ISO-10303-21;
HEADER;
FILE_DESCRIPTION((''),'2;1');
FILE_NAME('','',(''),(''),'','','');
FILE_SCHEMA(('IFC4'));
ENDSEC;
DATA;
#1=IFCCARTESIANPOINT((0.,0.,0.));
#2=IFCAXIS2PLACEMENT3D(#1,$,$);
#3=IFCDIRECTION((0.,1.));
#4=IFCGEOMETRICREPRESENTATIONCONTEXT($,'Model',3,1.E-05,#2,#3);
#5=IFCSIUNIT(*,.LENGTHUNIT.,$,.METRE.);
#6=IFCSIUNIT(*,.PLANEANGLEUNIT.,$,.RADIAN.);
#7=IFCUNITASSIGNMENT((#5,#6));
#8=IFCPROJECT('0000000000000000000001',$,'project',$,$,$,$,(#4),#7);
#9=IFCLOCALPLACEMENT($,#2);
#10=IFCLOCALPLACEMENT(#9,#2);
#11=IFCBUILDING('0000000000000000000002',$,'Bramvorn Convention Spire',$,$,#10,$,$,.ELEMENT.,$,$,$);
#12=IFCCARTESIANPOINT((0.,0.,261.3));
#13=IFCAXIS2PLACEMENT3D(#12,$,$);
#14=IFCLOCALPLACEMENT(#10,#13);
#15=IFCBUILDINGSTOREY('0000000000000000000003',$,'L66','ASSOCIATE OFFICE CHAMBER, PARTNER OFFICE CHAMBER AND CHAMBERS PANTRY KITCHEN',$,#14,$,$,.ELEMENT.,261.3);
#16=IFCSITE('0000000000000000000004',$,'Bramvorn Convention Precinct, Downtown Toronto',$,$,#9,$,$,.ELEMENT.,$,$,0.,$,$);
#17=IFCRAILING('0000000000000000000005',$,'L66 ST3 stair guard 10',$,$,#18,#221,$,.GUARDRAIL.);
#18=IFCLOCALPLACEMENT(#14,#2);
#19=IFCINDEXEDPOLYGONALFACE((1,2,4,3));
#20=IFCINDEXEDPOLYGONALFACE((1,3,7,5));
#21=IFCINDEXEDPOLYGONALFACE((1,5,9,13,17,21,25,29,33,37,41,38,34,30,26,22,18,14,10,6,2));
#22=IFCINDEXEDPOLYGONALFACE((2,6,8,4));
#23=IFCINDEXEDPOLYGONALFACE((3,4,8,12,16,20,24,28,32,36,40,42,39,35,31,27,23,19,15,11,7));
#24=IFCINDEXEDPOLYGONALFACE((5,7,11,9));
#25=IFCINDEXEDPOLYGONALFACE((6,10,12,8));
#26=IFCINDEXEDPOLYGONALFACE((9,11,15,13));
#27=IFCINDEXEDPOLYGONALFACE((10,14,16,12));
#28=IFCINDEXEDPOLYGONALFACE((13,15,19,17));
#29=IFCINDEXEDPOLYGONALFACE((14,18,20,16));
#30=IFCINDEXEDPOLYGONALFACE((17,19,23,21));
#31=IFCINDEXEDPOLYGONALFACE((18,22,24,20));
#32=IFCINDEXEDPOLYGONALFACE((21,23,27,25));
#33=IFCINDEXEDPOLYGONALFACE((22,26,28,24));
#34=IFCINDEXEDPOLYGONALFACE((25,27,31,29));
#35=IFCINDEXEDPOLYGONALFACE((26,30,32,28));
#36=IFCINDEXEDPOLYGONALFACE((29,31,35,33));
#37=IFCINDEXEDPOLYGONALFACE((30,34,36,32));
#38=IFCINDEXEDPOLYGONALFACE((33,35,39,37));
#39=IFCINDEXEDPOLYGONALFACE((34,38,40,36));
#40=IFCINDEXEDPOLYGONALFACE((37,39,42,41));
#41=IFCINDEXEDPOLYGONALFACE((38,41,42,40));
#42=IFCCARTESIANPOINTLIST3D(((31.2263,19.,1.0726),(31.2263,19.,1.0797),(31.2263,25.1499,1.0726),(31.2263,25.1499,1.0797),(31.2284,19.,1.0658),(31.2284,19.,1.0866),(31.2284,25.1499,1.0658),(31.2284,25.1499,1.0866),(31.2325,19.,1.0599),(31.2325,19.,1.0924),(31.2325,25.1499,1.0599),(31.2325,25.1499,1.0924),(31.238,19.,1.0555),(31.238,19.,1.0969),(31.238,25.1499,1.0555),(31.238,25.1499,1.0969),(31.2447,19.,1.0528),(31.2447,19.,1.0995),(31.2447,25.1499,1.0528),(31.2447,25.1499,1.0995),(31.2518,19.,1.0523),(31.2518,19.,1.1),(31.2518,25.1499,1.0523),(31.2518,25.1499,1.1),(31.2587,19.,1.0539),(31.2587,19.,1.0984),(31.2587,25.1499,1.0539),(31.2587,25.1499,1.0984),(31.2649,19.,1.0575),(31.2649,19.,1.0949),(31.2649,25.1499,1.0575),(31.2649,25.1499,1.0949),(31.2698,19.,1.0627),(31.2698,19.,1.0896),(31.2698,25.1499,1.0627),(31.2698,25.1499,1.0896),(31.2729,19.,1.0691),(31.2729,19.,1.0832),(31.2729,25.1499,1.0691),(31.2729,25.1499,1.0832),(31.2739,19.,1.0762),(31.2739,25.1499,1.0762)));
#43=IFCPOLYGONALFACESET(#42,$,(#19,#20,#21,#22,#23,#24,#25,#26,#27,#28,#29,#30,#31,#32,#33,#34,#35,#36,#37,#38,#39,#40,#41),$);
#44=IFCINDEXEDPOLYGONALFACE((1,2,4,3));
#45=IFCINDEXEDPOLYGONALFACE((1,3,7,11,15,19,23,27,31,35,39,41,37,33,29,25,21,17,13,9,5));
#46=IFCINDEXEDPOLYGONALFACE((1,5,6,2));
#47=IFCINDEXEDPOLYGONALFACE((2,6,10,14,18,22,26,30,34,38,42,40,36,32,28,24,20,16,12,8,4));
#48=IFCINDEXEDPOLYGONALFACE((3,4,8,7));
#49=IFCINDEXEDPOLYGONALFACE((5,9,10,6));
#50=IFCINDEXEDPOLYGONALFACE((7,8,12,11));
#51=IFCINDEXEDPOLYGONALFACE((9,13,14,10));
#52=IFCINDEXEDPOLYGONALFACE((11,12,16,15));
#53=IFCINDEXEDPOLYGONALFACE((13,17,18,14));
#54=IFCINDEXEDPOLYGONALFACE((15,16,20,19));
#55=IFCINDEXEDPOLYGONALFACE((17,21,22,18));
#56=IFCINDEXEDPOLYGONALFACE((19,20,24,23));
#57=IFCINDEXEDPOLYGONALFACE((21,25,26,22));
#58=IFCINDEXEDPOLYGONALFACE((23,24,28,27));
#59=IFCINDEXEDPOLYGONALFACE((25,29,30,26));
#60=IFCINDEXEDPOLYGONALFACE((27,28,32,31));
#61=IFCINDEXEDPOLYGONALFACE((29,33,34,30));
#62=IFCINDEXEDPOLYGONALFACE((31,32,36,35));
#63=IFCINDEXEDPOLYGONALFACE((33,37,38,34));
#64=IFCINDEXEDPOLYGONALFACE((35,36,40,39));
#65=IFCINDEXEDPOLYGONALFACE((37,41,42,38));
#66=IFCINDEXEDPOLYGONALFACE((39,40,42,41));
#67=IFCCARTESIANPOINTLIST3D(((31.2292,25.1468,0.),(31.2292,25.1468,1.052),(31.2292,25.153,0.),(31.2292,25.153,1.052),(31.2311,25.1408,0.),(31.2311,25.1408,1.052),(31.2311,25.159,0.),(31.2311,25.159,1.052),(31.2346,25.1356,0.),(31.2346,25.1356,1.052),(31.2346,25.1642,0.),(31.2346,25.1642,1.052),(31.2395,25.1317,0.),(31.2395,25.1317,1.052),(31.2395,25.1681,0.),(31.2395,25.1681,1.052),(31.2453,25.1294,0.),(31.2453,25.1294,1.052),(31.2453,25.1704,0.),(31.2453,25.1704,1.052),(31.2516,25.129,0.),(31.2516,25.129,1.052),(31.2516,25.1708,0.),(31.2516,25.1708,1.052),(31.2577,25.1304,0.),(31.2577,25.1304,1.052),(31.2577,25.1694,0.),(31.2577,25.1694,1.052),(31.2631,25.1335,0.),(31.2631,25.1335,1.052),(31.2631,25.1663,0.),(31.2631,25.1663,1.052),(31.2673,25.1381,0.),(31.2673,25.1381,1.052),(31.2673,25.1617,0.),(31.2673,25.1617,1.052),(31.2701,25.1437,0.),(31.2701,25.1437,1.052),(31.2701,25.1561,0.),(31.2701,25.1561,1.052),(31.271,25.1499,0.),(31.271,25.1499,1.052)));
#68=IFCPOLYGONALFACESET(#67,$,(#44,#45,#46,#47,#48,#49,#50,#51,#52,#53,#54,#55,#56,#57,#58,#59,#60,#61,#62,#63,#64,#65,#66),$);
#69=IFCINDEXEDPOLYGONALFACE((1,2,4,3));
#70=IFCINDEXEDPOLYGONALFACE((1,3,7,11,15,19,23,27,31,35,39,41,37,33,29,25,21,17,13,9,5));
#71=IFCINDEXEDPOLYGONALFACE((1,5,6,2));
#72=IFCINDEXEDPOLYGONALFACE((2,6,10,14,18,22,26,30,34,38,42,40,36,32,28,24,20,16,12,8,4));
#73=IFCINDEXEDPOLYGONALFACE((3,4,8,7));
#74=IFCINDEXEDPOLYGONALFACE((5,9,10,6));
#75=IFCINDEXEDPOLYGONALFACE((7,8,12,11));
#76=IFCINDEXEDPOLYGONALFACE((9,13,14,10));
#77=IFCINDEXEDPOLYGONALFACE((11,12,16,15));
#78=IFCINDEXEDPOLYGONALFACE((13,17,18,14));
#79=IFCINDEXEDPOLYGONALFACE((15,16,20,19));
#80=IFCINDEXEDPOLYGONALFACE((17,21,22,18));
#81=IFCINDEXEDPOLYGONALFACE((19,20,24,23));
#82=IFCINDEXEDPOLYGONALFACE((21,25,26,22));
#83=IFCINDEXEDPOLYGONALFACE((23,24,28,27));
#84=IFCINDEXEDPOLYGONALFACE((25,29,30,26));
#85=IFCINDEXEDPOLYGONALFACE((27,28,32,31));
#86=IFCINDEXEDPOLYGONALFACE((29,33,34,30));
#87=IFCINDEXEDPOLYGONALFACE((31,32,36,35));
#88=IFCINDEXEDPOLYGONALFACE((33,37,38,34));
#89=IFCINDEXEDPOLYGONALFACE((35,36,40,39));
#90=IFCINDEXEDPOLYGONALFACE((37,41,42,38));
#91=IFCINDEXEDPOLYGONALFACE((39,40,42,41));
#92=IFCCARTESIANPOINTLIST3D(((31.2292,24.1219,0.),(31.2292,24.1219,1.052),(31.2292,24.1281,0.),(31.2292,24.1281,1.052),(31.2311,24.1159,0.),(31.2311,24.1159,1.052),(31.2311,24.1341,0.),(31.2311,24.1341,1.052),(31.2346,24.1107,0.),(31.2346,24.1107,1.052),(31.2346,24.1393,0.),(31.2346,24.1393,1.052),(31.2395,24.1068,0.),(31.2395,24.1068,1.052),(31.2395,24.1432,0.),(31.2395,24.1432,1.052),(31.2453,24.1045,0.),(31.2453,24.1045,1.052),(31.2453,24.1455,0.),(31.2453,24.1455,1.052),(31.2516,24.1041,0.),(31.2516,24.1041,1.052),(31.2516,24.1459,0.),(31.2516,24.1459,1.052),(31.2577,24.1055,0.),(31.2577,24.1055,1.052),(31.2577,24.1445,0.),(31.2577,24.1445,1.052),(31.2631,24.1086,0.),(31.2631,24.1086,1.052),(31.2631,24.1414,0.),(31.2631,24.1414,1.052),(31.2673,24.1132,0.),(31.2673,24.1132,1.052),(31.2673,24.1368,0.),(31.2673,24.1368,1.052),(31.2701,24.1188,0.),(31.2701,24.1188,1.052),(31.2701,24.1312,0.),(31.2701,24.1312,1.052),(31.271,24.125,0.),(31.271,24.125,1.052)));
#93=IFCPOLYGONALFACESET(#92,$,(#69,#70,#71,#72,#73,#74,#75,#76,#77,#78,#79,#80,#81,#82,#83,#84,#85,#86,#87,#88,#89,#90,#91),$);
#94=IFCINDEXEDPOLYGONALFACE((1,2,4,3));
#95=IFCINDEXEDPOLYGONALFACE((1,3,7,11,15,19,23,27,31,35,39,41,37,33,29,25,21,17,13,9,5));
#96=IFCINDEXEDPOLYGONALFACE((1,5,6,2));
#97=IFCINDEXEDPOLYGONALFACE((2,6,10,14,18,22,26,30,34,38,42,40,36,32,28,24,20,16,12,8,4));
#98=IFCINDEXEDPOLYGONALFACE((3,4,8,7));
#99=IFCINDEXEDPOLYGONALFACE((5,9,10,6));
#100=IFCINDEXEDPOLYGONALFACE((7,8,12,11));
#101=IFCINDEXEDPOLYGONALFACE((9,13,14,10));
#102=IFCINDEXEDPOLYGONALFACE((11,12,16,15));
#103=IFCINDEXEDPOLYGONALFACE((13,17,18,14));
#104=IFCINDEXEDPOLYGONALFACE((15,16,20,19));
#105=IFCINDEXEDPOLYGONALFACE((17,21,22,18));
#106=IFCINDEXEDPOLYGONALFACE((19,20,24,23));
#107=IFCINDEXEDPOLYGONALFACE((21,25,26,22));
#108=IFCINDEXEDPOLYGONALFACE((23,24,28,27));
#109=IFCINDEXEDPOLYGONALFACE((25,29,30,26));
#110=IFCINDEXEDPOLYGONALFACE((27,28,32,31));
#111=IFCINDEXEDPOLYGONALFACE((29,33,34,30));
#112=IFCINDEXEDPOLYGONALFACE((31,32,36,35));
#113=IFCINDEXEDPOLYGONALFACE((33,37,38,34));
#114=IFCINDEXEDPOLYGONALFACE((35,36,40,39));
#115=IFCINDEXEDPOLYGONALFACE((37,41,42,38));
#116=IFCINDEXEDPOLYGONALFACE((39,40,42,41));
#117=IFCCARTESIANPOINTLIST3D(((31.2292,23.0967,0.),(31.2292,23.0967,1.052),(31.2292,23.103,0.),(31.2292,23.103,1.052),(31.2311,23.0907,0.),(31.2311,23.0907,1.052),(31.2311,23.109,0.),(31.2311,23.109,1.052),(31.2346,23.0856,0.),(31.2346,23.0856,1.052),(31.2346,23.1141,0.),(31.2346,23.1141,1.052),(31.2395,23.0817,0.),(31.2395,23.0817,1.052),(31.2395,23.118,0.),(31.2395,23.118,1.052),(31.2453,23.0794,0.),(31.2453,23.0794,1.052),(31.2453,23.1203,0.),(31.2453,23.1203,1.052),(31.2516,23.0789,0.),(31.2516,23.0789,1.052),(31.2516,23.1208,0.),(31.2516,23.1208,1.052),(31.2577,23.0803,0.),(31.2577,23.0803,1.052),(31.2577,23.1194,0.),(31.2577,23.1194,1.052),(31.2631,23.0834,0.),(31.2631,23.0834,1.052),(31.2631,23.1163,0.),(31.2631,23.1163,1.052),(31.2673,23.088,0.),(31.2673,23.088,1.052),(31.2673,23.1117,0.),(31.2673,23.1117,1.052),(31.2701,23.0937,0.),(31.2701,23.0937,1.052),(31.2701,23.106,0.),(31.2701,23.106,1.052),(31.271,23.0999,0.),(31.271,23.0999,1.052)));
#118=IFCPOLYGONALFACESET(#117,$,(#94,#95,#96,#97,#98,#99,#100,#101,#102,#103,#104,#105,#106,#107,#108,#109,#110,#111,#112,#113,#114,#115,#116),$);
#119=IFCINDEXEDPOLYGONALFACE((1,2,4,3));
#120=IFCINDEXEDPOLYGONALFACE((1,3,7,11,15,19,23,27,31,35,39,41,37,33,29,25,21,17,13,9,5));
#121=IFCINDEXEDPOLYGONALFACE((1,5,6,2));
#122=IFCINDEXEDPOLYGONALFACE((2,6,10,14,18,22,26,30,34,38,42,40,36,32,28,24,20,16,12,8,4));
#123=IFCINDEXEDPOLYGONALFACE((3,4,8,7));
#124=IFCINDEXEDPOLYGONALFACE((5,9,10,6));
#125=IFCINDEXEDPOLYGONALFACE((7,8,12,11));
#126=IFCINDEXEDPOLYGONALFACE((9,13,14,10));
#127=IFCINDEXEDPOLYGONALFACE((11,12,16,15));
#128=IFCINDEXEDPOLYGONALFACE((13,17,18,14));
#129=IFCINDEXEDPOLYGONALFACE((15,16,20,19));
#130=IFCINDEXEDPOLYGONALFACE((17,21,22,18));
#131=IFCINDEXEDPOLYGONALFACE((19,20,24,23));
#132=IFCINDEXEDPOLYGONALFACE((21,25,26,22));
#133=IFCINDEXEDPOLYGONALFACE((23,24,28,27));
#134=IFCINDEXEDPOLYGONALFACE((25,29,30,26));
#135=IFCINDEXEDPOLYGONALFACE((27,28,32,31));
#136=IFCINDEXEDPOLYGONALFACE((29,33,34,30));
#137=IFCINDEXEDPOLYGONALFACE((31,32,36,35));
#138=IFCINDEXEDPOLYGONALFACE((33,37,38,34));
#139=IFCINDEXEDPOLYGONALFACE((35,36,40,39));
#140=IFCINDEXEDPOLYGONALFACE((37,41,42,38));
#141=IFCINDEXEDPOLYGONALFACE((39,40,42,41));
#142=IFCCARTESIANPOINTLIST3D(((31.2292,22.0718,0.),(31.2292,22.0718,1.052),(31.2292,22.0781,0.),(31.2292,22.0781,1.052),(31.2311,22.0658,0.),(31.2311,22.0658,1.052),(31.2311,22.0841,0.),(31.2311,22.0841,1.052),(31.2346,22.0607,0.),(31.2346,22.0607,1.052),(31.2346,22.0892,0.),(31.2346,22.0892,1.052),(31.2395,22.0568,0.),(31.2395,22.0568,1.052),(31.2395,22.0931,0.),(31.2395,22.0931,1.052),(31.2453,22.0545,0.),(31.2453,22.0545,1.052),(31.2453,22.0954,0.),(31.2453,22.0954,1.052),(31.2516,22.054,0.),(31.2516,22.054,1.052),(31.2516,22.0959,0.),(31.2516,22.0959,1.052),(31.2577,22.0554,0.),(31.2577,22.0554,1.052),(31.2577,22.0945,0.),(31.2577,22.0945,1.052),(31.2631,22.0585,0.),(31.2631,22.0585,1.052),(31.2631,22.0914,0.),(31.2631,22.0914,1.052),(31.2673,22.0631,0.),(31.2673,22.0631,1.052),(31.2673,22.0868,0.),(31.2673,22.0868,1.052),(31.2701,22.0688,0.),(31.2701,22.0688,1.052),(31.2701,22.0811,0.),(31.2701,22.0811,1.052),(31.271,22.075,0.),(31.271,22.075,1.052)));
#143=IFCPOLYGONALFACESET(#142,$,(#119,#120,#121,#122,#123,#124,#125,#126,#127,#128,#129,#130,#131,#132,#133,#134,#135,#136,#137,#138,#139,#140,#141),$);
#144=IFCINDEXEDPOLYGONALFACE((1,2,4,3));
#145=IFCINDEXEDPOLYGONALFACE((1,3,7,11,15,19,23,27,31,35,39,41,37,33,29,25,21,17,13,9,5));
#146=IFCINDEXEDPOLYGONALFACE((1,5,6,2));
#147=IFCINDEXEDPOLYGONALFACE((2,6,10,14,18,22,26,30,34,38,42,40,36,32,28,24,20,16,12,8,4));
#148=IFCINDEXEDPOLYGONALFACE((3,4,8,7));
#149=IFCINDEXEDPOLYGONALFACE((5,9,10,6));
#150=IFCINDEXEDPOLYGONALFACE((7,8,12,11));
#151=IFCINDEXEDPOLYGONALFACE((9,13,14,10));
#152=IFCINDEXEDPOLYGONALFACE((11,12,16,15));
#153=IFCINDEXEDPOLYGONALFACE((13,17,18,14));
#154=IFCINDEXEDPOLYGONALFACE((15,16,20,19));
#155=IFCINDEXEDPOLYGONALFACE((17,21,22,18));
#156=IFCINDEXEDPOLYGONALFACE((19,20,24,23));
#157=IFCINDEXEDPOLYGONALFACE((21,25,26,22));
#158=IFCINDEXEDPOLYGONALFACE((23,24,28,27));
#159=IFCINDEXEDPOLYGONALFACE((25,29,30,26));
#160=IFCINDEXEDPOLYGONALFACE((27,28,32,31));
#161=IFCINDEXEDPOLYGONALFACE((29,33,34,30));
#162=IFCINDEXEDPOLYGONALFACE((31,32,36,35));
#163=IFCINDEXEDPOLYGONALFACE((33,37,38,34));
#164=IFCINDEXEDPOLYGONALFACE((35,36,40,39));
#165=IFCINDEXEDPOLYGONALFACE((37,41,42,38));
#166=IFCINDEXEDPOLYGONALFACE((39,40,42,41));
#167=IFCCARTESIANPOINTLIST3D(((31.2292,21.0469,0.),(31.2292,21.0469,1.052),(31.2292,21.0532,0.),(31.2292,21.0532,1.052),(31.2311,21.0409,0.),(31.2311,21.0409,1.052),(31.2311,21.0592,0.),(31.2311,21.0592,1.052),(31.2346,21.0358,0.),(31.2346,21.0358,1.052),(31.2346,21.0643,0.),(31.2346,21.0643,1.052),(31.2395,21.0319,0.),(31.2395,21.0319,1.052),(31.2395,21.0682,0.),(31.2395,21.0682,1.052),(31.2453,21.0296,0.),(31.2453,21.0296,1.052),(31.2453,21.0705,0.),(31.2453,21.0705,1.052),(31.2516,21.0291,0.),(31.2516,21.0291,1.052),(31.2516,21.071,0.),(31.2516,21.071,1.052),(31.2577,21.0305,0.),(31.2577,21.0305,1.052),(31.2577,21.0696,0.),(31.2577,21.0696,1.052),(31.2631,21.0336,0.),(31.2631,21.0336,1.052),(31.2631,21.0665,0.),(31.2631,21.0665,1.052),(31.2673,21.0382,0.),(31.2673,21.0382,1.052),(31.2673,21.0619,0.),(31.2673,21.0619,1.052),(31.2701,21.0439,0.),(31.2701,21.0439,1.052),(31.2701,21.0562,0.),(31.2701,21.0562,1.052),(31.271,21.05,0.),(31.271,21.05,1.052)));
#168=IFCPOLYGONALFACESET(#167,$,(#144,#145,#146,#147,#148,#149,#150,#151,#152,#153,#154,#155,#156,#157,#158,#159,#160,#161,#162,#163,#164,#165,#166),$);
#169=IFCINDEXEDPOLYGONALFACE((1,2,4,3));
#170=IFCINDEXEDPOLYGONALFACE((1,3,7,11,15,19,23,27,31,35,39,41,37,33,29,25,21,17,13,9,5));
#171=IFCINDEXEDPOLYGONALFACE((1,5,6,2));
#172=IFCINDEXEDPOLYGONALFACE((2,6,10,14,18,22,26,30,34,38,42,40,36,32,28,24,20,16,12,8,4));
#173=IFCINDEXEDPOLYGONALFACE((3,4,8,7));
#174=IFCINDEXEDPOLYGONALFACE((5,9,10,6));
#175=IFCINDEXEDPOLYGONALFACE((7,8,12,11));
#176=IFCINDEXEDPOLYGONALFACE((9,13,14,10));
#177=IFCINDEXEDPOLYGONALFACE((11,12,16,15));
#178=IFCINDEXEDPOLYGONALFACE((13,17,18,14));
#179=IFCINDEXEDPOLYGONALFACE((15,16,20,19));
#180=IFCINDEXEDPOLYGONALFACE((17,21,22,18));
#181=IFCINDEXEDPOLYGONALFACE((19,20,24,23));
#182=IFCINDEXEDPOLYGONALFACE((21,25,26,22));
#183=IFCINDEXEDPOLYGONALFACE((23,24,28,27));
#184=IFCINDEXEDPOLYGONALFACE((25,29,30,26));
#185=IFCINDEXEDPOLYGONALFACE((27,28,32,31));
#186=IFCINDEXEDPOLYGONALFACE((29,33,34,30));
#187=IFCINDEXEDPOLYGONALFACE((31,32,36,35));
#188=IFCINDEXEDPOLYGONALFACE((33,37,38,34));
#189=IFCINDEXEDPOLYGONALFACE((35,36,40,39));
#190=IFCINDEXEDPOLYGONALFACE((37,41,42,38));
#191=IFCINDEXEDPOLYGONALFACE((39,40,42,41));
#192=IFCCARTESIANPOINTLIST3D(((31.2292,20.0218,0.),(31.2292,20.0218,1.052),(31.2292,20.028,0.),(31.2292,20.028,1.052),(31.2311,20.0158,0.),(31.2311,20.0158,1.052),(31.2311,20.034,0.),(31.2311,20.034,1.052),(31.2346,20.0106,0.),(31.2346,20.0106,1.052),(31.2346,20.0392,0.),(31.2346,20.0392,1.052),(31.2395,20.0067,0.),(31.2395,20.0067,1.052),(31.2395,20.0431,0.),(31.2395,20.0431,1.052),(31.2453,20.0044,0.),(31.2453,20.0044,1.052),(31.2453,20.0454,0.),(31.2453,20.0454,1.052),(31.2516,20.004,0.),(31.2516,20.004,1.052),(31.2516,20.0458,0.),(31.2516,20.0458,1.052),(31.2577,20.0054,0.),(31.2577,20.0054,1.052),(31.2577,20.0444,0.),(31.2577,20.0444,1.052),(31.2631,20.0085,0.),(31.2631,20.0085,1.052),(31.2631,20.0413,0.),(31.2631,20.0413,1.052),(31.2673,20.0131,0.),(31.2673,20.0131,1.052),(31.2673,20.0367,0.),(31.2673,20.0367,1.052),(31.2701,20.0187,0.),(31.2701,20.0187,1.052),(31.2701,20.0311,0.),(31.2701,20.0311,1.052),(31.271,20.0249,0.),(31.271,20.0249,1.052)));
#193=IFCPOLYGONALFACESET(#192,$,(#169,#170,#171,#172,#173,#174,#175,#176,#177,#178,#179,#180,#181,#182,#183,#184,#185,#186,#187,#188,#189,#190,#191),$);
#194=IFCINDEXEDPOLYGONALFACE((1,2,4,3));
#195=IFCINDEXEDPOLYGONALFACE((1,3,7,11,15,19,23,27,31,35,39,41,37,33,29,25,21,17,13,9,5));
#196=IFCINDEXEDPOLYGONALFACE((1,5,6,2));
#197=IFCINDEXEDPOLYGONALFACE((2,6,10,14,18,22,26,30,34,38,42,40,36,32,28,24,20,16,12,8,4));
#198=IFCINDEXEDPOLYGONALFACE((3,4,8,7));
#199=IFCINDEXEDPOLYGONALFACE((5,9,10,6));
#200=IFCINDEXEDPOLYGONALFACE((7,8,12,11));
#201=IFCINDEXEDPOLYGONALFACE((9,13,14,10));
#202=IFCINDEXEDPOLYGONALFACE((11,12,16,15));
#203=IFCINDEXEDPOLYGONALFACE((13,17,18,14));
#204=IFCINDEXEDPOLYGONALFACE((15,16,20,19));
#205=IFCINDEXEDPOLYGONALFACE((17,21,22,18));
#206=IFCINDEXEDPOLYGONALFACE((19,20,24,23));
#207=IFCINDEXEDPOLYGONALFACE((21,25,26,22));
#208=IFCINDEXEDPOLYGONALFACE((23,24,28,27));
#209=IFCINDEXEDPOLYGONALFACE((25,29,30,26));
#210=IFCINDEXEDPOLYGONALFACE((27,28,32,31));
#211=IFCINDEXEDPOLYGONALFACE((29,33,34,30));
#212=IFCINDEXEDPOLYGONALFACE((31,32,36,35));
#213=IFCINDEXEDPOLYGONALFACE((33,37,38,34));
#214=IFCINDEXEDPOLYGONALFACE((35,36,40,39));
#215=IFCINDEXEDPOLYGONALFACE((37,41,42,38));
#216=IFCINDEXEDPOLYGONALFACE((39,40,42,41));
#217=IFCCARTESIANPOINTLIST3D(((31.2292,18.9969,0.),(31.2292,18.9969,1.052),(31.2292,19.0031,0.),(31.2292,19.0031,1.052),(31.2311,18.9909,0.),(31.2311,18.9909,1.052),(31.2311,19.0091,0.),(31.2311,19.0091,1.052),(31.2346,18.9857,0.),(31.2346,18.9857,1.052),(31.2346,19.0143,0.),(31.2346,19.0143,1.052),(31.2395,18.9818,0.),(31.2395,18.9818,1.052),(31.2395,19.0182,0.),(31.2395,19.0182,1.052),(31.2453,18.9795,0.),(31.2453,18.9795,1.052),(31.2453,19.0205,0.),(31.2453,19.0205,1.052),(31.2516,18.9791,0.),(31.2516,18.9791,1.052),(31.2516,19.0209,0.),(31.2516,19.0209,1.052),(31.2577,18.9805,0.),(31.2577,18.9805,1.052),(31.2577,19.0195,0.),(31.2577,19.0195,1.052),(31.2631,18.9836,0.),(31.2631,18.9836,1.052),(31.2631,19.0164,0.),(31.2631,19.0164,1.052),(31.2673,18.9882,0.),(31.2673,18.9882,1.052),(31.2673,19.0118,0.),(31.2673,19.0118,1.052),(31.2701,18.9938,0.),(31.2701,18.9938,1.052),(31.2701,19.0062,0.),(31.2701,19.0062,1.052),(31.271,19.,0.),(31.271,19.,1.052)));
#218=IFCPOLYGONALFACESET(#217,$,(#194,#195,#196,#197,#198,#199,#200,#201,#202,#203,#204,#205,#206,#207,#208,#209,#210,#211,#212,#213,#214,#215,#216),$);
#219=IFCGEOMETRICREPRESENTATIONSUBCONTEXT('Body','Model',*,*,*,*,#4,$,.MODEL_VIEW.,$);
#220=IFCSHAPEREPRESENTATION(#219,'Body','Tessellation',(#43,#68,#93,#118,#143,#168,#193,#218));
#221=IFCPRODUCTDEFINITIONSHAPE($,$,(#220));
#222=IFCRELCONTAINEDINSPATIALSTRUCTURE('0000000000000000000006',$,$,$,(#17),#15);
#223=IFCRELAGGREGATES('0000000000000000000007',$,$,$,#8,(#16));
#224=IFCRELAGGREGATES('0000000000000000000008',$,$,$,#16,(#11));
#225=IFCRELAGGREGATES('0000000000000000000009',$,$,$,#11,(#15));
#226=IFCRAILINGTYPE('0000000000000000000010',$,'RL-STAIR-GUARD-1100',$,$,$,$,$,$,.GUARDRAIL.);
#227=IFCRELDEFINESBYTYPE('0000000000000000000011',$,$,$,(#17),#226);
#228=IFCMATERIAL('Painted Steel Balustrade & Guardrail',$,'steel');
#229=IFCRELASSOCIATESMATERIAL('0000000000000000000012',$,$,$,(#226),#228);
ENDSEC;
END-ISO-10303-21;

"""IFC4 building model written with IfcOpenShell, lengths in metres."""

from ifc_helpers import new_model, si_unit, direction, frame, origin, origin_2d, place, context, subcontext, project, spatial, circle, extrude, material, type_object, element, save


model = new_model("IFC4")

# Units and contexts
model_context = context("Model", 3, precision=1e-05, world=origin(), true_north=direction((0.0, 1.0)))
body_context = subcontext(model_context, "Body", "Model", "MODEL_VIEW")
ifc_project = project(units=[si_unit("LENGTHUNIT", "METRE"), si_unit("PLANEANGLEUNIT", "RADIAN")], contexts=[model_context])

# Site, building, storey
site_placement = place(None, origin())
site = spatial("IfcSite", under=ifc_project, at=site_placement, Name="Bramvorn Convention Precinct, Downtown Toronto", CompositionType="ELEMENT", RefElevation=0.0)
building_placement = place(site_placement, origin())
building = spatial("IfcBuilding", under=site, at=building_placement, Name="Bramvorn Convention Spire", CompositionType="ELEMENT")
storey_placement = place(building_placement, frame((0.0, 0.0, 261.3)))
storey = spatial("IfcBuildingStorey", under=building, at=storey_placement, Name="L66", Description="ASSOCIATE OFFICE CHAMBER, PARTNER OFFICE CHAMBER AND CHAMBERS PANTRY KITCHEN", CompositionType="ELEMENT", Elevation=261.3)

# Railing
ifc_material_1 = material(Name="Painted Steel Balustrade & Guardrail", Category="steel")
railing_type = type_object("IfcRailingType", Name="RL-STAIR-GUARD-1100", PredefinedType="GUARDRAIL", material=ifc_material_1)
railing_1_placement = place(storey_placement, frame((31.25, 25.1499, 0.0)))
element("IfcRailing", 1, at=railing_1_placement, inside=storey, type_object=railing_type, Name="L66 ST3 stair guard 10", PredefinedType="GUARDRAIL", context=body_context, shape_type="SweptSolid", body=[
    extrude(circle(Radius=0.0239, at=origin_2d()), frame((0.0, 0.0, 1.0762), z_axis=(0.0, -1.0, 0.0), x_axis=(1.0, 0.0, 0.0)), (0.0, 0.0, 1.0), 6.1499),
    extrude(circle(Radius=0.021, at=origin_2d()), origin(), (0.0, 0.0, 1.0), 1.052),
    extrude(circle(Radius=0.021, at=origin_2d()), frame((0.0, -1.0249, 0.0)), (0.0, 0.0, 1.0), 1.052),
    extrude(circle(Radius=0.021, at=origin_2d()), frame((0.0, -2.05, 0.0)), (0.0, 0.0, 1.0), 1.052),
    extrude(circle(Radius=0.021, at=origin_2d()), frame((0.0, -3.075, 0.0)), (0.0, 0.0, 1.0), 1.052),
    extrude(circle(Radius=0.021, at=origin_2d()), frame((0.0, -4.0999, 0.0)), (0.0, 0.0, 1.0), 1.052),
    extrude(circle(Radius=0.021, at=origin_2d()), frame((0.0, -5.125, 0.0)), (0.0, 0.0, 1.0), 1.052),
    extrude(circle(Radius=0.021, at=origin_2d()), frame((0.0, -6.1499, 0.0)), (0.0, 0.0, 1.0), 1.052),
])

save(model, "model.ifc")
